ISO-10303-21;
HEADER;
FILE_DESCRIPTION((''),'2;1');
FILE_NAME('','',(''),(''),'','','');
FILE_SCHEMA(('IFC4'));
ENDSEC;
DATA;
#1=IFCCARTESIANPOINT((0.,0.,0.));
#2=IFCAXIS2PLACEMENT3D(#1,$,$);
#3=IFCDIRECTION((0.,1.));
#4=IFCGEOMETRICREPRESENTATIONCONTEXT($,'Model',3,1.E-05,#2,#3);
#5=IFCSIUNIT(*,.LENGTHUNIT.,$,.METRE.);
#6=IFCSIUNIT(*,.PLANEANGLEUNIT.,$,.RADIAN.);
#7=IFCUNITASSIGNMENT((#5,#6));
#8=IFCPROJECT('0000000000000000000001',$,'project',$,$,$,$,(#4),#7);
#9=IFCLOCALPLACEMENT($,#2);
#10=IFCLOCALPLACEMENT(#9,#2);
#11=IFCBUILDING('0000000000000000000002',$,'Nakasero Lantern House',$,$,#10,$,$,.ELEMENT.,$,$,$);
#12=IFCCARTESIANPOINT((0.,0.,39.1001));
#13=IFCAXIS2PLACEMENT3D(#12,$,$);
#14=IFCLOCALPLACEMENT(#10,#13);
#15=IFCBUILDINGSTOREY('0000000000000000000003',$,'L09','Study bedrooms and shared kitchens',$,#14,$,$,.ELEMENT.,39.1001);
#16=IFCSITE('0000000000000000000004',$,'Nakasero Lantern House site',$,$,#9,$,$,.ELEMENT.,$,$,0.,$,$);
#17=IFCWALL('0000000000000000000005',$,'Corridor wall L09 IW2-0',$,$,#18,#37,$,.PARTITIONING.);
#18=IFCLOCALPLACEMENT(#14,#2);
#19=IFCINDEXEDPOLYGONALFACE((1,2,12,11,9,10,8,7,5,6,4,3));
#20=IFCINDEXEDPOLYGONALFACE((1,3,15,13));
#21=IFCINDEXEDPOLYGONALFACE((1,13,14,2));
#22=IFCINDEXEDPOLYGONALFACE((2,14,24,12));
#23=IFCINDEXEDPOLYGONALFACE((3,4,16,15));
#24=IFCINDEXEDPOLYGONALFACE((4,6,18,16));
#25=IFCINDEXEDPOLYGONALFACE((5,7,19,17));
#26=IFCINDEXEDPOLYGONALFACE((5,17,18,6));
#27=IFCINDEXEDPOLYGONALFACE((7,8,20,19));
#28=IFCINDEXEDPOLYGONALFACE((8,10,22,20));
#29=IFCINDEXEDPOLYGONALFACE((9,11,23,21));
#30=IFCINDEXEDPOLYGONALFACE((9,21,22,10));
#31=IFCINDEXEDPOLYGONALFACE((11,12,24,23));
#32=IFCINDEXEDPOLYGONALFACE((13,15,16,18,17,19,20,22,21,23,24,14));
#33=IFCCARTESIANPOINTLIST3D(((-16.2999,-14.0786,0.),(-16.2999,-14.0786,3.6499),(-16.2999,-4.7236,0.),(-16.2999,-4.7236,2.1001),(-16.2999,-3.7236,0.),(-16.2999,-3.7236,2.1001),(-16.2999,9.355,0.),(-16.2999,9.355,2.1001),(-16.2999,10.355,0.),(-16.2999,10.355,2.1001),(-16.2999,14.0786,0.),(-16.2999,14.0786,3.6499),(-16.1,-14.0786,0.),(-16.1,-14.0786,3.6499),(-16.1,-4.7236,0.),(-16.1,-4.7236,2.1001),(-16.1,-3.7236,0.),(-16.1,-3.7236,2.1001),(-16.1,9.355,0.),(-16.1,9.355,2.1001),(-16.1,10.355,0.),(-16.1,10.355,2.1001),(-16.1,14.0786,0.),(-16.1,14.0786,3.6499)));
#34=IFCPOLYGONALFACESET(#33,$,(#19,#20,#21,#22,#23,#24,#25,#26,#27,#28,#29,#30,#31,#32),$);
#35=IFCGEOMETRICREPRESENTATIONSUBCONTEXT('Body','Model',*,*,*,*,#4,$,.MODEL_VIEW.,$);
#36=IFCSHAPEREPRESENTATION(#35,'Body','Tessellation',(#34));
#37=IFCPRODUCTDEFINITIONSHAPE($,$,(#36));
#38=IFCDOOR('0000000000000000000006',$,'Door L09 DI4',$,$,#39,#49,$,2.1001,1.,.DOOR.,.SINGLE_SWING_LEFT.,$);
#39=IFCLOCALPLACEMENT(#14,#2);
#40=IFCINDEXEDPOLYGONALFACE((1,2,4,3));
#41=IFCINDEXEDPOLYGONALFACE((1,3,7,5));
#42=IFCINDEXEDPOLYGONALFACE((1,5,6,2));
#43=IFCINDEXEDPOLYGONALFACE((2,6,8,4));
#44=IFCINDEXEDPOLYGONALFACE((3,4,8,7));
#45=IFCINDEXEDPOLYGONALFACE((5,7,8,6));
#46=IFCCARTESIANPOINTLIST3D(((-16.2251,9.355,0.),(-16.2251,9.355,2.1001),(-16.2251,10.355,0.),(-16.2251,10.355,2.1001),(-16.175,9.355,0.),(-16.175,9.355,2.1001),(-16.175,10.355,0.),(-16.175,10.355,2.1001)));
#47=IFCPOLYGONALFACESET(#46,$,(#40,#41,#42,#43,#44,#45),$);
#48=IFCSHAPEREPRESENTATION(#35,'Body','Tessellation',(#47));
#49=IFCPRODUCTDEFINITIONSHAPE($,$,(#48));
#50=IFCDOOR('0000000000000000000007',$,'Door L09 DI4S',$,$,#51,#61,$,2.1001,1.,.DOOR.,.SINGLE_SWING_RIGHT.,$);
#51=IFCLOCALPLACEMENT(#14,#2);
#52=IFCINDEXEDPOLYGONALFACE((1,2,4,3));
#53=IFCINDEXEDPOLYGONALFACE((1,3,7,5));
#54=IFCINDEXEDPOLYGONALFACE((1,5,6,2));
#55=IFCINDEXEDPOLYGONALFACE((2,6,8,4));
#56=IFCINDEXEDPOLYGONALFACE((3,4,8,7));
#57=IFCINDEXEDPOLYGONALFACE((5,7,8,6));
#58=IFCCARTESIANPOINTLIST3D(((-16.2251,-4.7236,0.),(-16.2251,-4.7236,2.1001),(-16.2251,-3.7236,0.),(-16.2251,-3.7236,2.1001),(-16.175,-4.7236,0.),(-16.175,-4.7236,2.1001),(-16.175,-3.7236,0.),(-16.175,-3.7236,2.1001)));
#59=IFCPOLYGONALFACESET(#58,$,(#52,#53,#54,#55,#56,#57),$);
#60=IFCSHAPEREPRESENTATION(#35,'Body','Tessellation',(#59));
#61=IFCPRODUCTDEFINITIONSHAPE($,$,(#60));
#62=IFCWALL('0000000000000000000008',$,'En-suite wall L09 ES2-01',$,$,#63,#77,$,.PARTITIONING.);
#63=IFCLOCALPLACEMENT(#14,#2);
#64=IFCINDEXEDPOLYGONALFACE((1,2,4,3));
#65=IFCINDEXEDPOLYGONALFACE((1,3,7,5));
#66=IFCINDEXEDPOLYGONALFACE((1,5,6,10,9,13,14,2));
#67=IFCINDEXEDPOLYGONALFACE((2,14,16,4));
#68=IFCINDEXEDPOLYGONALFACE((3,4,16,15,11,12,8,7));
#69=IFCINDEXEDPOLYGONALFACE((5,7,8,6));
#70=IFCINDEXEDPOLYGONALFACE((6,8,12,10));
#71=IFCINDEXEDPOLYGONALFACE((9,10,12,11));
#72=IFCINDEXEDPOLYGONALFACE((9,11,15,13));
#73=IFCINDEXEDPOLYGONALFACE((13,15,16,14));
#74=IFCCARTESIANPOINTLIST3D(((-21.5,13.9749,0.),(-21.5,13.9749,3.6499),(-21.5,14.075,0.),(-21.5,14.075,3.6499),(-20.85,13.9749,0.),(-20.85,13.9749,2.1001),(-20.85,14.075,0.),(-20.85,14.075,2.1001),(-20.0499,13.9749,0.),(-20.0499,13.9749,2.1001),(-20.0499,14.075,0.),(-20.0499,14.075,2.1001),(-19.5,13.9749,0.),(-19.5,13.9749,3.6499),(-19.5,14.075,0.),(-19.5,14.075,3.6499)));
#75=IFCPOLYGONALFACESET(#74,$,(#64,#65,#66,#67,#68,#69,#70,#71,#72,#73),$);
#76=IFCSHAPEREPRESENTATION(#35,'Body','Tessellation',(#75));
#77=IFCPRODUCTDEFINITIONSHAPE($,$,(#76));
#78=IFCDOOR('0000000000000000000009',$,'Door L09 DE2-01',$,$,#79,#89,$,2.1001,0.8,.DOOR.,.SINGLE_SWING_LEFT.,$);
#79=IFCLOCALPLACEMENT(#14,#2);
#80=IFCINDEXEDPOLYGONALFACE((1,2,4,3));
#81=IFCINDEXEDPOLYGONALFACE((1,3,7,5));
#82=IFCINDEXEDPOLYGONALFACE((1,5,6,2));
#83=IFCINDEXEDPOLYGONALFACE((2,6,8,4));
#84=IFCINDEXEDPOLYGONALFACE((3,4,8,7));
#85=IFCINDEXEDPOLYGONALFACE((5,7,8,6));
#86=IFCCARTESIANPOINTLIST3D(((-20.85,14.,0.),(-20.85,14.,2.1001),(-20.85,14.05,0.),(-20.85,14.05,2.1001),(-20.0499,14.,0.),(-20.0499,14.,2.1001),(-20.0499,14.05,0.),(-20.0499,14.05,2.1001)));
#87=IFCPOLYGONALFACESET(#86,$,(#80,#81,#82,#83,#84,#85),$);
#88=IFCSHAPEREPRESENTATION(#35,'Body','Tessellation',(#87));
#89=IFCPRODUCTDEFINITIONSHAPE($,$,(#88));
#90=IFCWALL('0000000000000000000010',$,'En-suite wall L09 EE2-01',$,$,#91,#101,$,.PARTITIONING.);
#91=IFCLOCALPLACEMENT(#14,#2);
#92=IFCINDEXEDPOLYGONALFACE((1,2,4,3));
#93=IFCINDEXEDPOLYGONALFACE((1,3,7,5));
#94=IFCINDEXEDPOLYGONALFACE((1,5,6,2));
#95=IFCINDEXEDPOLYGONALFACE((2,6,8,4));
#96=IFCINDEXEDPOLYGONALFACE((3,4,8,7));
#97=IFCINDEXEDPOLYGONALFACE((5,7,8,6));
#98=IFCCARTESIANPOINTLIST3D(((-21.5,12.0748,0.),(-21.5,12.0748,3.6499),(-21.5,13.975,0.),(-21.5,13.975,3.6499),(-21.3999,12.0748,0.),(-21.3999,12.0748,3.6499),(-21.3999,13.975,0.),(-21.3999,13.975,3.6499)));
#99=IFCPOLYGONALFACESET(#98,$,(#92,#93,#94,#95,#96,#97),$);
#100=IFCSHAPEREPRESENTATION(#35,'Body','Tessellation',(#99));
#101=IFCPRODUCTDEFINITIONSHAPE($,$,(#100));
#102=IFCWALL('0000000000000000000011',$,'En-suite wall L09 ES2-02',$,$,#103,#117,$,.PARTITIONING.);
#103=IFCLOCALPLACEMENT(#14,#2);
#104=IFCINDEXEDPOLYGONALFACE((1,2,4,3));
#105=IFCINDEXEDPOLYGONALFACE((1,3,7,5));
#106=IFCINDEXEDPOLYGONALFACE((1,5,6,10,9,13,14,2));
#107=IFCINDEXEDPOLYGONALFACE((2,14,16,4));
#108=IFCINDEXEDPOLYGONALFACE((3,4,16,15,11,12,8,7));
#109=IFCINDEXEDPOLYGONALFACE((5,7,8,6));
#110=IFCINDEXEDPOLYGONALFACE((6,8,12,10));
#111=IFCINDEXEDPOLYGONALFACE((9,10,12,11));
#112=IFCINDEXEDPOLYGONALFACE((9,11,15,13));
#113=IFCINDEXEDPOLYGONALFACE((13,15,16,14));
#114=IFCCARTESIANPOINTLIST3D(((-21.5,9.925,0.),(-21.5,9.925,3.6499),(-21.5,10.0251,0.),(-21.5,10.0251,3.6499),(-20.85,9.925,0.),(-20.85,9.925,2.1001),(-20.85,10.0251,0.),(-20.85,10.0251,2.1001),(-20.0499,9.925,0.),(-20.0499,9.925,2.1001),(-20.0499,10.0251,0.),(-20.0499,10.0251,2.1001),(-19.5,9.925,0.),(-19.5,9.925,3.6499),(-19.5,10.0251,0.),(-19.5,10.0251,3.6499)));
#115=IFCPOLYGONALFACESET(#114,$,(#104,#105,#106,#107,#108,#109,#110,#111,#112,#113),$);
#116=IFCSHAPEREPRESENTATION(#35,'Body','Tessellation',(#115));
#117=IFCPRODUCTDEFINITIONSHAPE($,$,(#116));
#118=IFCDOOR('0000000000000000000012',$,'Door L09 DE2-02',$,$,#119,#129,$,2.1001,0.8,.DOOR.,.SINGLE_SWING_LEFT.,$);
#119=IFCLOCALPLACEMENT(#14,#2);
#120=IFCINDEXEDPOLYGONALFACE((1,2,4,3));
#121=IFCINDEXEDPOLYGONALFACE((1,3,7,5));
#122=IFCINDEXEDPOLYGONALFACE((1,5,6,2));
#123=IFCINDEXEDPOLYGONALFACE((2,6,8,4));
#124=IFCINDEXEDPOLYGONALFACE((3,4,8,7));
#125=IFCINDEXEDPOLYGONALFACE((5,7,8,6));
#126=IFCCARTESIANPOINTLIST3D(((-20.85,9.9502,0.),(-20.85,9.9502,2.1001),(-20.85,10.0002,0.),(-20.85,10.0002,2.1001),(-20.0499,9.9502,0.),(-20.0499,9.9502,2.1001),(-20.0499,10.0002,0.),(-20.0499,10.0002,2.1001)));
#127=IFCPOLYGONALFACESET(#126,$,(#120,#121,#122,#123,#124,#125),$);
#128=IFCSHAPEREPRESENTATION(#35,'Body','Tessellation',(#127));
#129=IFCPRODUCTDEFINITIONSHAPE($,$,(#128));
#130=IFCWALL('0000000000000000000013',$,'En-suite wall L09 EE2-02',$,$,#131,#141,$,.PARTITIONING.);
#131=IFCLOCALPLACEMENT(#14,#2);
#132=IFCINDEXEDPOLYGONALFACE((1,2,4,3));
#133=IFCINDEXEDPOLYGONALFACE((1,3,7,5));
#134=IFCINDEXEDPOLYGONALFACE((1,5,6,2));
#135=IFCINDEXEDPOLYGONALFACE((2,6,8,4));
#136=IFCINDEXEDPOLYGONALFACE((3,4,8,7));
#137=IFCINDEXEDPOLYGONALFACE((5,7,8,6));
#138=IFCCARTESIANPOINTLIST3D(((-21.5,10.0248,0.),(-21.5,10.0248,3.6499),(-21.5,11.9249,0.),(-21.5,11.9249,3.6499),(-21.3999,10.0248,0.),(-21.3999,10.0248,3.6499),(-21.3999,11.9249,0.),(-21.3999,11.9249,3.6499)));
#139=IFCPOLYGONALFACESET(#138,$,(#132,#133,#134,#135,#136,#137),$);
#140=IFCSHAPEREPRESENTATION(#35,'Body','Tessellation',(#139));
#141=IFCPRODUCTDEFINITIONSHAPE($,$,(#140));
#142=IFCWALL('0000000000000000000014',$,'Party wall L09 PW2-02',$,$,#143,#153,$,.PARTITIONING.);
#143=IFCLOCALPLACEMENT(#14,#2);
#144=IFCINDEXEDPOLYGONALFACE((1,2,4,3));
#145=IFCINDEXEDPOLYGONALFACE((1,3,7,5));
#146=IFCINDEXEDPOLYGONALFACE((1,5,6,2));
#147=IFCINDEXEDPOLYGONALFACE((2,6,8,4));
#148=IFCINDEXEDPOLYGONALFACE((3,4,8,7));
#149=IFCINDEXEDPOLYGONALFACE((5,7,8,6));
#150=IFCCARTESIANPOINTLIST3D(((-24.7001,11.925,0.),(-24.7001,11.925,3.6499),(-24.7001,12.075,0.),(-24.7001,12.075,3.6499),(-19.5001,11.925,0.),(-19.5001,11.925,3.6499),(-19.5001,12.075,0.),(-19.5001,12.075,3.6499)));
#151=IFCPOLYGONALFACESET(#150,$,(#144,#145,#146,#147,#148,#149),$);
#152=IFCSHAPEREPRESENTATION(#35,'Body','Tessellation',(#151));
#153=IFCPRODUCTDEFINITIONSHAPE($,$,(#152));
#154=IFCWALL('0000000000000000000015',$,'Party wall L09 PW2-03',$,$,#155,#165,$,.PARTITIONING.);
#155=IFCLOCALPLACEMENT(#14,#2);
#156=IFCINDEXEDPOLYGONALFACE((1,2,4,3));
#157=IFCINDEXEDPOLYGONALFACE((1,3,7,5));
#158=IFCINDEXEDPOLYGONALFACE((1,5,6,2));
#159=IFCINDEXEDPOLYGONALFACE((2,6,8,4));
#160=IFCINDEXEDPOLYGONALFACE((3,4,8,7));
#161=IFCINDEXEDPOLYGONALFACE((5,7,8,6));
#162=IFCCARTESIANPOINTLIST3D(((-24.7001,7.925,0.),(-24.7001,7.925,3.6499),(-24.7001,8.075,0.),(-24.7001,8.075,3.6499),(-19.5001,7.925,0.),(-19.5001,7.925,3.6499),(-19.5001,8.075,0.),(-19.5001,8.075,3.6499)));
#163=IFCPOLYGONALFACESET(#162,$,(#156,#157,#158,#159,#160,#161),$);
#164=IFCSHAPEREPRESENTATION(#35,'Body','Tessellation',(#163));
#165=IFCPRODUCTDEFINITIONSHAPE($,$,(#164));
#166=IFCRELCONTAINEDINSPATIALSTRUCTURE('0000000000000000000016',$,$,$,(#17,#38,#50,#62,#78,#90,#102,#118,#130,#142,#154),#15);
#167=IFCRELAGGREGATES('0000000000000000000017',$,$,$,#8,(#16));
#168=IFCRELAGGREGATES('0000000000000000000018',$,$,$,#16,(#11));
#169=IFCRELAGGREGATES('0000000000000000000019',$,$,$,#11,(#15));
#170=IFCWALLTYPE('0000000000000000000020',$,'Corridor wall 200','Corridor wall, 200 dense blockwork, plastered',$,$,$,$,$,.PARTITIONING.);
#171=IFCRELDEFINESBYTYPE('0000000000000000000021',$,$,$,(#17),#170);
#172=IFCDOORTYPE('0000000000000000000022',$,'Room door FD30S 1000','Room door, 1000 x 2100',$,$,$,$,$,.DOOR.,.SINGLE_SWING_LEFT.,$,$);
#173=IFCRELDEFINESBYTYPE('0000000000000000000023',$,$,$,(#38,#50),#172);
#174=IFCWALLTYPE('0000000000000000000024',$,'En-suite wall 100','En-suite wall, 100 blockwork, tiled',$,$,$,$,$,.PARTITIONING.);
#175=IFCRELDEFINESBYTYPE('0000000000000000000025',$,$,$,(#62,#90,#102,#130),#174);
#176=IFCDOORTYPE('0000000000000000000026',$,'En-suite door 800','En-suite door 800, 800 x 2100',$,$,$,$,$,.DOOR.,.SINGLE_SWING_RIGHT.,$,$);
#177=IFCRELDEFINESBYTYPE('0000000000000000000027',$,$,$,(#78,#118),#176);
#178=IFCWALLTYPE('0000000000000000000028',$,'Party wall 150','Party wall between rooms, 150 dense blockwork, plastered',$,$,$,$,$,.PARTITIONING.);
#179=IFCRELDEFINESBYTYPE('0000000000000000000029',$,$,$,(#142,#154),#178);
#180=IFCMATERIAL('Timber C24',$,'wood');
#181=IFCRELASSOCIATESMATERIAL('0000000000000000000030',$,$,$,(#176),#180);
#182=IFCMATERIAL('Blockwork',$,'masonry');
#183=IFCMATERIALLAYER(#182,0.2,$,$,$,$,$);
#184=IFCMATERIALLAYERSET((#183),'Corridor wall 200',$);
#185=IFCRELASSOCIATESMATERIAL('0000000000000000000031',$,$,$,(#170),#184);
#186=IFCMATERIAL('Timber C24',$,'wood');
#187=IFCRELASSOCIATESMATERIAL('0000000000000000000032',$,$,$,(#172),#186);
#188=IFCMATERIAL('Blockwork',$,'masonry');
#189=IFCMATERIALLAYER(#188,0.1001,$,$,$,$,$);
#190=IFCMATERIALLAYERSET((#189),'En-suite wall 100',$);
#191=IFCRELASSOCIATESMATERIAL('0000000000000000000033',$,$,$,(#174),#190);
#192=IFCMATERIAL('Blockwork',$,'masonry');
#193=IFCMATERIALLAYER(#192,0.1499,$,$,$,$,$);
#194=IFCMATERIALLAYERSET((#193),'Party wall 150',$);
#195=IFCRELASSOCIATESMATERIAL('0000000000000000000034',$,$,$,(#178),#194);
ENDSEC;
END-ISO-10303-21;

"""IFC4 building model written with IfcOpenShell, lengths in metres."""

from ifc_helpers import new_model, si_unit, direction, frame, frame_2d, origin, place, context, subcontext, project, spatial, rectangle, extrude, material, layer, layer_set, type_object, element, fill, save


model = new_model("IFC4")

# Units and contexts
model_context = context("Model", 3, precision=1e-05, world=origin(), true_north=direction((0.0, 1.0)))
body_context = subcontext(model_context, "Body", "Model", "MODEL_VIEW")
ifc_project = project(units=[si_unit("LENGTHUNIT", "METRE"), si_unit("PLANEANGLEUNIT", "RADIAN")], contexts=[model_context])

# Site, building, storey
site_placement = place(None, origin())
site = spatial("IfcSite", under=ifc_project, at=site_placement, Name="Nakasero Lantern House site", CompositionType="ELEMENT", RefElevation=0.0)
building_placement = place(site_placement, origin())
building = spatial("IfcBuilding", under=site, at=building_placement, Name="Nakasero Lantern House", CompositionType="ELEMENT")
storey_placement = place(building_placement, frame((0.0, 0.0, 39.1001)))
storey = spatial("IfcBuildingStorey", under=building, at=storey_placement, Name="L09", Description="Study bedrooms and shared kitchens", CompositionType="ELEMENT", Elevation=39.1001)

# Wall, openings, doors
ifc_material_1 = material(Name="Timber C24", Category="wood")
door_type_1 = type_object("IfcDoorType", Name="En-suite door 800", Description="En-suite door 800, 800 x 2100", OperationType="SINGLE_SWING_RIGHT", PredefinedType="DOOR", material=ifc_material_1)
ifc_material_2 = material(Name="Blockwork", Category="masonry")
ifc_layer_1 = layer(ifc_material_2, 0.2)
ifc_layer_set_1 = layer_set([ifc_layer_1], Name="Corridor wall 200")
wall_type_1 = type_object("IfcWallType", Name="Corridor wall 200", Description="Corridor wall, 200 dense blockwork, plastered", PredefinedType="PARTITIONING", material=ifc_layer_set_1)
wall_1_placement = place(storey_placement, frame((-16.2, 14.0786, 0.0), z_axis=(0.0, 0.0, 1.0), x_axis=(0.0, -1.0, 0.0)))
wall_1 = element("IfcWall", 1, at=wall_1_placement, inside=storey, type_object=wall_type_1, Name="Corridor wall L09 IW2-0", PredefinedType="PARTITIONING", context=body_context, shape_type="SweptSolid", body=[
    extrude(rectangle(XDim=28.1572, YDim=0.2, at=frame_2d((14.0786, 0.0))), origin(), (0.0, 0.0, 1.0), 3.6499),
])
opening_1_placement = place(wall_1_placement, frame((3.7236, 0.0, 0.0)))
opening_1 = element("IfcOpeningElement", 2, at=opening_1_placement, cuts=wall_1, PredefinedType="OPENING", context=body_context, shape_type="SweptSolid", body=[
    extrude(rectangle(XDim=1.0, YDim=2.1001, at=frame_2d((0.5, 1.05))), frame((0.0, 0.1199, 0.0), z_axis=(0.0, -1.0, 0.0), x_axis=(1.0, 0.0, 0.0)), (0.0, 0.0, 1.0), 0.24),
])
opening_2_placement = place(wall_1_placement, frame((17.8022, 0.0, 0.0)))
opening_2 = element("IfcOpeningElement", 3, at=opening_2_placement, cuts=wall_1, PredefinedType="OPENING", context=body_context, shape_type="SweptSolid", body=[
    extrude(rectangle(XDim=1.0, YDim=2.1001, at=frame_2d((0.5, 1.05))), frame((0.0, 0.1199, 0.0), z_axis=(0.0, -1.0, 0.0), x_axis=(1.0, 0.0, 0.0)), (0.0, 0.0, 1.0), 0.24),
])
ifc_material_3 = material(Name="Timber C24", Category="wood")
door_type_2 = type_object("IfcDoorType", Name="Room door FD30S 1000", Description="Room door, 1000 x 2100", OperationType="SINGLE_SWING_LEFT", PredefinedType="DOOR", material=ifc_material_3)
door_1_placement = place(opening_1_placement, origin())
door_1 = element("IfcDoor", 4, at=door_1_placement, inside=storey, type_object=door_type_2, Name="Door L09 DI4", OperationType="SINGLE_SWING_LEFT", OverallHeight=2.1001, OverallWidth=1.0, PredefinedType="DOOR", context=body_context, shape_type="SweptSolid", body=[
    extrude(rectangle(XDim=1.0, YDim=2.1001, at=frame_2d((0.5, 1.05))), frame((0.0, 0.0249, 0.0), z_axis=(0.0, -1.0, 0.0), x_axis=(1.0, 0.0, 0.0)), (0.0, 0.0, 1.0), 0.05),
])
fill(opening_1, door_1)
door_2_placement = place(opening_2_placement, origin())
door_2 = element("IfcDoor", 5, at=door_2_placement, inside=storey, type_object=door_type_2, Name="Door L09 DI4S", OperationType="SINGLE_SWING_RIGHT", OverallHeight=2.1001, OverallWidth=1.0, PredefinedType="DOOR", context=body_context, shape_type="SweptSolid", body=[
    extrude(rectangle(XDim=1.0, YDim=2.1001, at=frame_2d((0.5, 1.05))), frame((0.0, 0.0249, 0.0), z_axis=(0.0, -1.0, 0.0), x_axis=(1.0, 0.0, 0.0)), (0.0, 0.0, 1.0), 0.05),
])
fill(opening_2, door_2)

# Wall, opening, door
ifc_material_4 = material(Name="Blockwork", Category="masonry")
ifc_layer_2 = layer(ifc_material_4, 0.1001)
ifc_layer_set_2 = layer_set([ifc_layer_2], Name="En-suite wall 100")
wall_type_2 = type_object("IfcWallType", Name="En-suite wall 100", Description="En-suite wall, 100 blockwork, tiled", PredefinedType="PARTITIONING", material=ifc_layer_set_2)
wall_2_placement = place(storey_placement, frame((-19.5, 14.0249, 0.0), z_axis=(0.0, 0.0, 1.0), x_axis=(-1.0, 0.0, 0.0)))
wall_2 = element("IfcWall", 6, at=wall_2_placement, inside=storey, type_object=wall_type_2, Name="En-suite wall L09 ES2-01", PredefinedType="PARTITIONING", context=body_context, shape_type="SweptSolid", body=[
    extrude(rectangle(XDim=2.0, YDim=0.1001, at=frame_2d((1.0, 0.0))), origin(), (0.0, 0.0, 1.0), 3.6499),
])
opening_3_placement = place(wall_2_placement, frame((0.55, 0.0, 0.0)))
opening_3 = element("IfcOpeningElement", 7, at=opening_3_placement, cuts=wall_2, PredefinedType="OPENING", context=body_context, shape_type="SweptSolid", body=[
    extrude(rectangle(XDim=0.8, YDim=2.1001, at=frame_2d((0.3999, 1.05))), frame((0.0, 0.0701, 0.0), z_axis=(0.0, -1.0, 0.0), x_axis=(1.0, 0.0, 0.0)), (0.0, 0.0, 1.0), 0.1401),
])
door_3_placement = place(opening_3_placement, origin())
door_3 = element("IfcDoor", 8, at=door_3_placement, inside=storey, type_object=door_type_1, Name="Door L09 DE2-01", OperationType="SINGLE_SWING_LEFT", OverallHeight=2.1001, OverallWidth=0.8, PredefinedType="DOOR", context=body_context, shape_type="SweptSolid", body=[
    extrude(rectangle(XDim=0.8, YDim=2.1001, at=frame_2d((0.3999, 1.05))), frame((0.0, 0.0249, 0.0), z_axis=(0.0, -1.0, 0.0), x_axis=(1.0, 0.0, 0.0)), (0.0, 0.0, 1.0), 0.05),
])
fill(opening_3, door_3)

# Wall
wall_3_placement = place(storey_placement, frame((-21.45, 13.9751, 0.0), z_axis=(0.0, 0.0, 1.0), x_axis=(0.0, -1.0, 0.0)))
element("IfcWall", 9, at=wall_3_placement, inside=storey, type_object=wall_type_2, Name="En-suite wall L09 EE2-01", PredefinedType="PARTITIONING", context=body_context, shape_type="SweptSolid", body=[
    extrude(rectangle(XDim=1.9001, YDim=0.1001, at=frame_2d((0.9502, 0.0))), origin(), (0.0, 0.0, 1.0), 3.6499),
])

# Wall, opening, door
wall_4_placement = place(storey_placement, frame((-19.5, 9.9751, 0.0), z_axis=(0.0, 0.0, 1.0), x_axis=(-1.0, 0.0, 0.0)))
wall_4 = element("IfcWall", 10, at=wall_4_placement, inside=storey, type_object=wall_type_2, Name="En-suite wall L09 ES2-02", PredefinedType="PARTITIONING", context=body_context, shape_type="SweptSolid", body=[
    extrude(rectangle(XDim=2.0, YDim=0.1001, at=frame_2d((1.0, 0.0))), origin(), (0.0, 0.0, 1.0), 3.6499),
])
opening_4_placement = place(wall_4_placement, frame((0.55, 0.0, 0.0)))
opening_4 = element("IfcOpeningElement", 11, at=opening_4_placement, cuts=wall_4, PredefinedType="OPENING", context=body_context, shape_type="SweptSolid", body=[
    extrude(rectangle(XDim=0.8, YDim=2.1001, at=frame_2d((0.3999, 1.05))), frame((0.0, 0.0701, 0.0), z_axis=(0.0, -1.0, 0.0), x_axis=(1.0, 0.0, 0.0)), (0.0, 0.0, 1.0), 0.1401),
])
door_4_placement = place(opening_4_placement, origin())
door_4 = element("IfcDoor", 12, at=door_4_placement, inside=storey, type_object=door_type_1, Name="Door L09 DE2-02", OperationType="SINGLE_SWING_LEFT", OverallHeight=2.1001, OverallWidth=0.8, PredefinedType="DOOR", context=body_context, shape_type="SweptSolid", body=[
    extrude(rectangle(XDim=0.8, YDim=2.1001, at=frame_2d((0.3999, 1.05))), frame((0.0, 0.0249, 0.0), z_axis=(0.0, -1.0, 0.0), x_axis=(1.0, 0.0, 0.0)), (0.0, 0.0, 1.0), 0.05),
])
fill(opening_4, door_4)

# Walls
wall_5_placement = place(storey_placement, frame((-21.45, 11.925, 0.0), z_axis=(0.0, 0.0, 1.0), x_axis=(0.0, -1.0, 0.0)))
element("IfcWall", 13, at=wall_5_placement, inside=storey, type_object=wall_type_2, Name="En-suite wall L09 EE2-02", PredefinedType="PARTITIONING", context=body_context, shape_type="SweptSolid", body=[
    extrude(rectangle(XDim=1.9001, YDim=0.1001, at=frame_2d((0.9502, 0.0))), origin(), (0.0, 0.0, 1.0), 3.6499),
])
ifc_material_5 = material(Name="Blockwork", Category="masonry")
ifc_layer_3 = layer(ifc_material_5, 0.1499)
ifc_layer_set_3 = layer_set([ifc_layer_3], Name="Party wall 150")
wall_type_3 = type_object("IfcWallType", Name="Party wall 150", Description="Party wall between rooms, 150 dense blockwork, plastered", PredefinedType="PARTITIONING", material=ifc_layer_set_3)
for number, where, z_axis, x_axis, name in (
    (14, (-19.5, 12.0, 0.0), (0.0, 0.0, 1.0), (-1.0, 0.0, 0.0), "Party wall L09 PW2-02"),
    (15, (-19.5, 8.0, 0.0), (0.0, 0.0, 1.0), (-1.0, 0.0, 0.0), "Party wall L09 PW2-03"),
):
    element("IfcWall", number, at=place(storey_placement, frame(where, z_axis=z_axis, x_axis=x_axis)), inside=storey, type_object=wall_type_3, Name=name, PredefinedType="PARTITIONING", context=body_context, shape_type="SweptSolid", body=[
        extrude(rectangle(XDim=5.2, YDim=0.1499, at=frame_2d((2.6001, 0.0))), origin(), (0.0, 0.0, 1.0), 3.6499),
    ])

save(model, "model.ifc")
